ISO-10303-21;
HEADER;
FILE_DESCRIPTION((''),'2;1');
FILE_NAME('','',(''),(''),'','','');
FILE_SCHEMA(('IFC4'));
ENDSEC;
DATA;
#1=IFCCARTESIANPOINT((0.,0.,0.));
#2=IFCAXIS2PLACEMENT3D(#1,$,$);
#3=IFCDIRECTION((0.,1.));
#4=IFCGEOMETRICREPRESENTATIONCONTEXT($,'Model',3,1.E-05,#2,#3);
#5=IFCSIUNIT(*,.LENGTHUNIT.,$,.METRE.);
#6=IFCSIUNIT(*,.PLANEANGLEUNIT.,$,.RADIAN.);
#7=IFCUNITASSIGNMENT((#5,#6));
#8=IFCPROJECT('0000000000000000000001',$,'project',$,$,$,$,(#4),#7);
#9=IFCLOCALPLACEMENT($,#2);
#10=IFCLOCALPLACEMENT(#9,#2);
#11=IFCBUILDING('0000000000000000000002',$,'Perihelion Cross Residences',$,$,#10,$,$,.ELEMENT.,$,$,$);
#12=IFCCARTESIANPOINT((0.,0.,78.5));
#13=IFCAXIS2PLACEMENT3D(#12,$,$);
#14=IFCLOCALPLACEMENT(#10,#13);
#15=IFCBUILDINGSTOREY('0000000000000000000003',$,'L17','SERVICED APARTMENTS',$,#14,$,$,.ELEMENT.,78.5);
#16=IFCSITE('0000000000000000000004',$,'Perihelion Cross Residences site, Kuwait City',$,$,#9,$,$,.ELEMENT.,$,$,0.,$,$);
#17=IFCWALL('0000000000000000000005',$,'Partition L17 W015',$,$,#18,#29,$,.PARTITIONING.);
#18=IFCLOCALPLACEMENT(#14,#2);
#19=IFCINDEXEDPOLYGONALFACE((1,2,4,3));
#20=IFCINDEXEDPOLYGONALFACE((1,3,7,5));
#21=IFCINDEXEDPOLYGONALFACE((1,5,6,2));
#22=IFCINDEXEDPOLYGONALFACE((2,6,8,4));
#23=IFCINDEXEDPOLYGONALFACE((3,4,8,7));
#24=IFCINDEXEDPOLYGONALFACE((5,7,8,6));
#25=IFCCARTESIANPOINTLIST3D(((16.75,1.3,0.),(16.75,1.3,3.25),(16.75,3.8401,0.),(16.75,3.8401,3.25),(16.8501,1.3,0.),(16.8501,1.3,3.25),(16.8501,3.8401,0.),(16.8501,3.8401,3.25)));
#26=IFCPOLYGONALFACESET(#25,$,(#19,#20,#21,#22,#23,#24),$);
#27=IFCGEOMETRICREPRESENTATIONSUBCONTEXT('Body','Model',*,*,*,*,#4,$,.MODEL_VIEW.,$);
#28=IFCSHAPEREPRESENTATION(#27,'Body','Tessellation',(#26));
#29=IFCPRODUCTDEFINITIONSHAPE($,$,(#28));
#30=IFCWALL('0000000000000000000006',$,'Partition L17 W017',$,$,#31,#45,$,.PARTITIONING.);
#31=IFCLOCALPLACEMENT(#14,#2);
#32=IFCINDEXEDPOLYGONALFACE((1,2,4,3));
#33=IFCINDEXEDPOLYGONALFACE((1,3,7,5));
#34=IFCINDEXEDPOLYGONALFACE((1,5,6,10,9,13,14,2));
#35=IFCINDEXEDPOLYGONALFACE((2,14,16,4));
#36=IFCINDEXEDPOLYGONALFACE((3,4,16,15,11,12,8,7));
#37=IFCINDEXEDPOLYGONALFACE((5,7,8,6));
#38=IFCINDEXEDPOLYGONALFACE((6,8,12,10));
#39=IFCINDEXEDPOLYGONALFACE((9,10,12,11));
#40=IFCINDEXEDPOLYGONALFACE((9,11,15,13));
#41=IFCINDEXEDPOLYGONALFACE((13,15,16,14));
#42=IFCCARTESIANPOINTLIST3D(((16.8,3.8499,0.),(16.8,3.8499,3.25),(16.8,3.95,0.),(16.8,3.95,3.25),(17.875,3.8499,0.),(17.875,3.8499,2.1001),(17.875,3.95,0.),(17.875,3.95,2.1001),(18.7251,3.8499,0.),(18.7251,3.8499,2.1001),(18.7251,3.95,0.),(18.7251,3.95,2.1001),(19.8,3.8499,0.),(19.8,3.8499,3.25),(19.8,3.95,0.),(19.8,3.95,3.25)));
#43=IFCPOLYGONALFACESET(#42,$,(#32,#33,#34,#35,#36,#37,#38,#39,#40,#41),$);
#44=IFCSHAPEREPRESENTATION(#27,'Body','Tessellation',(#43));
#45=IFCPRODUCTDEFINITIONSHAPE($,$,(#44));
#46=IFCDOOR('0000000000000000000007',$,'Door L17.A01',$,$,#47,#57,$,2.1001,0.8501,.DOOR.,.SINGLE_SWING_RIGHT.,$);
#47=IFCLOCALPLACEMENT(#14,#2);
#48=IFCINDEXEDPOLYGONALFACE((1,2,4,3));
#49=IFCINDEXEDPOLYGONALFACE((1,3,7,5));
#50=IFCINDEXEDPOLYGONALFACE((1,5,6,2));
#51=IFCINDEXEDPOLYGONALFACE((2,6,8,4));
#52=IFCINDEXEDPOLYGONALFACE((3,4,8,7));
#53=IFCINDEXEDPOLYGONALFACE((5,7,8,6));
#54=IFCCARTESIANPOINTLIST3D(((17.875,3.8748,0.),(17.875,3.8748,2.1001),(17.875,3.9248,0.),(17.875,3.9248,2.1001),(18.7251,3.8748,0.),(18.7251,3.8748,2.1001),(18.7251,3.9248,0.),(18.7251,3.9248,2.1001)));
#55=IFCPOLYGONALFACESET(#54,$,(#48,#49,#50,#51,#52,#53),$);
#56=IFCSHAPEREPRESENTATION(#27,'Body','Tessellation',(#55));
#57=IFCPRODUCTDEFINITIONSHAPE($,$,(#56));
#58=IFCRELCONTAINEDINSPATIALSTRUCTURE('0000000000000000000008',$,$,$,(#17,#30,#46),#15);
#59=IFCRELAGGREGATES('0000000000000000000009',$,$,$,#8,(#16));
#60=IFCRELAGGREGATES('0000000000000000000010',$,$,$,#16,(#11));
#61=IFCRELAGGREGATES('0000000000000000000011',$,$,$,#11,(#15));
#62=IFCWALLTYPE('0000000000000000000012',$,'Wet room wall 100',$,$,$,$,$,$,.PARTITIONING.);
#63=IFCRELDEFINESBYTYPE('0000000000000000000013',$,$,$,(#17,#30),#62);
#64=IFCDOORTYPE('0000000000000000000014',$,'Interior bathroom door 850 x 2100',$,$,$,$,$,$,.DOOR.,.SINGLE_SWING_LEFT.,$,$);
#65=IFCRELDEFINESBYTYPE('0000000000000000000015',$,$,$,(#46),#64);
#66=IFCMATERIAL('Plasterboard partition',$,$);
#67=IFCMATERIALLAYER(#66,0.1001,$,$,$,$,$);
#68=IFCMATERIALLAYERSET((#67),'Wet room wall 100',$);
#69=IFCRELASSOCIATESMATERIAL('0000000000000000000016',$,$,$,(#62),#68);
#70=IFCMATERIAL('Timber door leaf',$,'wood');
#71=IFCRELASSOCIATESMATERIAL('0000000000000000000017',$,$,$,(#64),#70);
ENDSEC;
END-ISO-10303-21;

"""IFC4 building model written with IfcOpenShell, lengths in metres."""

from ifc_helpers import new_model, si_unit, direction, frame, frame_2d, origin, place, context, subcontext, project, spatial, rectangle, extrude, material, layer, layer_set, type_object, element, fill, save


model = new_model("IFC4")

# Units and contexts
model_context = context("Model", 3, precision=1e-05, world=origin(), true_north=direction((0.0, 1.0)))
body_context = subcontext(model_context, "Body", "Model", "MODEL_VIEW")
ifc_project = project(units=[si_unit("LENGTHUNIT", "METRE"), si_unit("PLANEANGLEUNIT", "RADIAN")], contexts=[model_context])

# Site, building, storey
site_placement = place(None, origin())
site = spatial("IfcSite", under=ifc_project, at=site_placement, Name="Perihelion Cross Residences site, Kuwait City", CompositionType="ELEMENT", RefElevation=0.0)
building_placement = place(site_placement, origin())
building = spatial("IfcBuilding", under=site, at=building_placement, Name="Perihelion Cross Residences", CompositionType="ELEMENT")
storey_placement = place(building_placement, frame((0.0, 0.0, 78.5)))
storey = spatial("IfcBuildingStorey", under=building, at=storey_placement, Name="L17", Description="SERVICED APARTMENTS", CompositionType="ELEMENT", Elevation=78.5)

# Wall
ifc_material_1 = material(Name="Plasterboard partition")
ifc_layer_1 = layer(ifc_material_1, 0.1001)
ifc_layer_set_1 = layer_set([ifc_layer_1], Name="Wet room wall 100")
wall_type_1 = type_object("IfcWallType", Name="Wet room wall 100", PredefinedType="PARTITIONING", material=ifc_layer_set_1)
wall_1_placement = place(storey_placement, frame((16.8, 3.8401, 0.0), z_axis=(0.0, 0.0, 1.0), x_axis=(0.0, -1.0, 0.0)))
element("IfcWall", 1, at=wall_1_placement, inside=storey, type_object=wall_type_1, Name="Partition L17 W015", PredefinedType="PARTITIONING", context=body_context, shape_type="SweptSolid", body=[
    extrude(rectangle(XDim=2.54, YDim=0.1001, at=frame_2d((1.27, 0.0))), origin(), (0.0, 0.0, 1.0), 3.25),
])

# Wall, opening, door
wall_2_placement = place(storey_placement, frame((16.8, 3.8999, 0.0), z_axis=(0.0, 0.0, 1.0), x_axis=(1.0, 0.0, 0.0)))
wall_2 = element("IfcWall", 2, at=wall_2_placement, inside=storey, type_object=wall_type_1, Name="Partition L17 W017", PredefinedType="PARTITIONING", context=body_context, shape_type="SweptSolid", body=[
    extrude(rectangle(XDim=3.0, YDim=0.1001, at=frame_2d((1.5, 0.0))), origin(), (0.0, 0.0, 1.0), 3.25),
])
opening_1_placement = place(wall_2_placement, frame((1.075, 0.0, 0.0)))
opening_1 = element("IfcOpeningElement", 3, at=opening_1_placement, cuts=wall_2, PredefinedType="OPENING", context=body_context, shape_type="SweptSolid", body=[
    extrude(rectangle(XDim=0.8501, YDim=2.1001, at=frame_2d((0.425, 1.05))), frame((0.0, 0.0601, 0.0), z_axis=(0.0, -1.0, 0.0), x_axis=(1.0, 0.0, 0.0)), (0.0, 0.0, 1.0), 0.1201),
])
ifc_material_2 = material(Name="Timber door leaf", Category="wood")
door_type_1 = type_object("IfcDoorType", Name="Interior bathroom door 850 x 2100", OperationType="SINGLE_SWING_LEFT", PredefinedType="DOOR", material=ifc_material_2)
door_1_placement = place(opening_1_placement, origin())
door_1 = element("IfcDoor", 4, at=door_1_placement, inside=storey, type_object=door_type_1, Name="Door L17.A01", OperationType="SINGLE_SWING_RIGHT", OverallHeight=2.1001, OverallWidth=0.8501, PredefinedType="DOOR", context=body_context, shape_type="SweptSolid", body=[
    extrude(rectangle(XDim=0.8501, YDim=2.1001, at=frame_2d((0.425, 1.05))), frame((0.0, 0.0249, 0.0), z_axis=(0.0, -1.0, 0.0), x_axis=(1.0, 0.0, 0.0)), (0.0, 0.0, 1.0), 0.05),
])
fill(opening_1, door_1)

save(model, "model.ifc")
